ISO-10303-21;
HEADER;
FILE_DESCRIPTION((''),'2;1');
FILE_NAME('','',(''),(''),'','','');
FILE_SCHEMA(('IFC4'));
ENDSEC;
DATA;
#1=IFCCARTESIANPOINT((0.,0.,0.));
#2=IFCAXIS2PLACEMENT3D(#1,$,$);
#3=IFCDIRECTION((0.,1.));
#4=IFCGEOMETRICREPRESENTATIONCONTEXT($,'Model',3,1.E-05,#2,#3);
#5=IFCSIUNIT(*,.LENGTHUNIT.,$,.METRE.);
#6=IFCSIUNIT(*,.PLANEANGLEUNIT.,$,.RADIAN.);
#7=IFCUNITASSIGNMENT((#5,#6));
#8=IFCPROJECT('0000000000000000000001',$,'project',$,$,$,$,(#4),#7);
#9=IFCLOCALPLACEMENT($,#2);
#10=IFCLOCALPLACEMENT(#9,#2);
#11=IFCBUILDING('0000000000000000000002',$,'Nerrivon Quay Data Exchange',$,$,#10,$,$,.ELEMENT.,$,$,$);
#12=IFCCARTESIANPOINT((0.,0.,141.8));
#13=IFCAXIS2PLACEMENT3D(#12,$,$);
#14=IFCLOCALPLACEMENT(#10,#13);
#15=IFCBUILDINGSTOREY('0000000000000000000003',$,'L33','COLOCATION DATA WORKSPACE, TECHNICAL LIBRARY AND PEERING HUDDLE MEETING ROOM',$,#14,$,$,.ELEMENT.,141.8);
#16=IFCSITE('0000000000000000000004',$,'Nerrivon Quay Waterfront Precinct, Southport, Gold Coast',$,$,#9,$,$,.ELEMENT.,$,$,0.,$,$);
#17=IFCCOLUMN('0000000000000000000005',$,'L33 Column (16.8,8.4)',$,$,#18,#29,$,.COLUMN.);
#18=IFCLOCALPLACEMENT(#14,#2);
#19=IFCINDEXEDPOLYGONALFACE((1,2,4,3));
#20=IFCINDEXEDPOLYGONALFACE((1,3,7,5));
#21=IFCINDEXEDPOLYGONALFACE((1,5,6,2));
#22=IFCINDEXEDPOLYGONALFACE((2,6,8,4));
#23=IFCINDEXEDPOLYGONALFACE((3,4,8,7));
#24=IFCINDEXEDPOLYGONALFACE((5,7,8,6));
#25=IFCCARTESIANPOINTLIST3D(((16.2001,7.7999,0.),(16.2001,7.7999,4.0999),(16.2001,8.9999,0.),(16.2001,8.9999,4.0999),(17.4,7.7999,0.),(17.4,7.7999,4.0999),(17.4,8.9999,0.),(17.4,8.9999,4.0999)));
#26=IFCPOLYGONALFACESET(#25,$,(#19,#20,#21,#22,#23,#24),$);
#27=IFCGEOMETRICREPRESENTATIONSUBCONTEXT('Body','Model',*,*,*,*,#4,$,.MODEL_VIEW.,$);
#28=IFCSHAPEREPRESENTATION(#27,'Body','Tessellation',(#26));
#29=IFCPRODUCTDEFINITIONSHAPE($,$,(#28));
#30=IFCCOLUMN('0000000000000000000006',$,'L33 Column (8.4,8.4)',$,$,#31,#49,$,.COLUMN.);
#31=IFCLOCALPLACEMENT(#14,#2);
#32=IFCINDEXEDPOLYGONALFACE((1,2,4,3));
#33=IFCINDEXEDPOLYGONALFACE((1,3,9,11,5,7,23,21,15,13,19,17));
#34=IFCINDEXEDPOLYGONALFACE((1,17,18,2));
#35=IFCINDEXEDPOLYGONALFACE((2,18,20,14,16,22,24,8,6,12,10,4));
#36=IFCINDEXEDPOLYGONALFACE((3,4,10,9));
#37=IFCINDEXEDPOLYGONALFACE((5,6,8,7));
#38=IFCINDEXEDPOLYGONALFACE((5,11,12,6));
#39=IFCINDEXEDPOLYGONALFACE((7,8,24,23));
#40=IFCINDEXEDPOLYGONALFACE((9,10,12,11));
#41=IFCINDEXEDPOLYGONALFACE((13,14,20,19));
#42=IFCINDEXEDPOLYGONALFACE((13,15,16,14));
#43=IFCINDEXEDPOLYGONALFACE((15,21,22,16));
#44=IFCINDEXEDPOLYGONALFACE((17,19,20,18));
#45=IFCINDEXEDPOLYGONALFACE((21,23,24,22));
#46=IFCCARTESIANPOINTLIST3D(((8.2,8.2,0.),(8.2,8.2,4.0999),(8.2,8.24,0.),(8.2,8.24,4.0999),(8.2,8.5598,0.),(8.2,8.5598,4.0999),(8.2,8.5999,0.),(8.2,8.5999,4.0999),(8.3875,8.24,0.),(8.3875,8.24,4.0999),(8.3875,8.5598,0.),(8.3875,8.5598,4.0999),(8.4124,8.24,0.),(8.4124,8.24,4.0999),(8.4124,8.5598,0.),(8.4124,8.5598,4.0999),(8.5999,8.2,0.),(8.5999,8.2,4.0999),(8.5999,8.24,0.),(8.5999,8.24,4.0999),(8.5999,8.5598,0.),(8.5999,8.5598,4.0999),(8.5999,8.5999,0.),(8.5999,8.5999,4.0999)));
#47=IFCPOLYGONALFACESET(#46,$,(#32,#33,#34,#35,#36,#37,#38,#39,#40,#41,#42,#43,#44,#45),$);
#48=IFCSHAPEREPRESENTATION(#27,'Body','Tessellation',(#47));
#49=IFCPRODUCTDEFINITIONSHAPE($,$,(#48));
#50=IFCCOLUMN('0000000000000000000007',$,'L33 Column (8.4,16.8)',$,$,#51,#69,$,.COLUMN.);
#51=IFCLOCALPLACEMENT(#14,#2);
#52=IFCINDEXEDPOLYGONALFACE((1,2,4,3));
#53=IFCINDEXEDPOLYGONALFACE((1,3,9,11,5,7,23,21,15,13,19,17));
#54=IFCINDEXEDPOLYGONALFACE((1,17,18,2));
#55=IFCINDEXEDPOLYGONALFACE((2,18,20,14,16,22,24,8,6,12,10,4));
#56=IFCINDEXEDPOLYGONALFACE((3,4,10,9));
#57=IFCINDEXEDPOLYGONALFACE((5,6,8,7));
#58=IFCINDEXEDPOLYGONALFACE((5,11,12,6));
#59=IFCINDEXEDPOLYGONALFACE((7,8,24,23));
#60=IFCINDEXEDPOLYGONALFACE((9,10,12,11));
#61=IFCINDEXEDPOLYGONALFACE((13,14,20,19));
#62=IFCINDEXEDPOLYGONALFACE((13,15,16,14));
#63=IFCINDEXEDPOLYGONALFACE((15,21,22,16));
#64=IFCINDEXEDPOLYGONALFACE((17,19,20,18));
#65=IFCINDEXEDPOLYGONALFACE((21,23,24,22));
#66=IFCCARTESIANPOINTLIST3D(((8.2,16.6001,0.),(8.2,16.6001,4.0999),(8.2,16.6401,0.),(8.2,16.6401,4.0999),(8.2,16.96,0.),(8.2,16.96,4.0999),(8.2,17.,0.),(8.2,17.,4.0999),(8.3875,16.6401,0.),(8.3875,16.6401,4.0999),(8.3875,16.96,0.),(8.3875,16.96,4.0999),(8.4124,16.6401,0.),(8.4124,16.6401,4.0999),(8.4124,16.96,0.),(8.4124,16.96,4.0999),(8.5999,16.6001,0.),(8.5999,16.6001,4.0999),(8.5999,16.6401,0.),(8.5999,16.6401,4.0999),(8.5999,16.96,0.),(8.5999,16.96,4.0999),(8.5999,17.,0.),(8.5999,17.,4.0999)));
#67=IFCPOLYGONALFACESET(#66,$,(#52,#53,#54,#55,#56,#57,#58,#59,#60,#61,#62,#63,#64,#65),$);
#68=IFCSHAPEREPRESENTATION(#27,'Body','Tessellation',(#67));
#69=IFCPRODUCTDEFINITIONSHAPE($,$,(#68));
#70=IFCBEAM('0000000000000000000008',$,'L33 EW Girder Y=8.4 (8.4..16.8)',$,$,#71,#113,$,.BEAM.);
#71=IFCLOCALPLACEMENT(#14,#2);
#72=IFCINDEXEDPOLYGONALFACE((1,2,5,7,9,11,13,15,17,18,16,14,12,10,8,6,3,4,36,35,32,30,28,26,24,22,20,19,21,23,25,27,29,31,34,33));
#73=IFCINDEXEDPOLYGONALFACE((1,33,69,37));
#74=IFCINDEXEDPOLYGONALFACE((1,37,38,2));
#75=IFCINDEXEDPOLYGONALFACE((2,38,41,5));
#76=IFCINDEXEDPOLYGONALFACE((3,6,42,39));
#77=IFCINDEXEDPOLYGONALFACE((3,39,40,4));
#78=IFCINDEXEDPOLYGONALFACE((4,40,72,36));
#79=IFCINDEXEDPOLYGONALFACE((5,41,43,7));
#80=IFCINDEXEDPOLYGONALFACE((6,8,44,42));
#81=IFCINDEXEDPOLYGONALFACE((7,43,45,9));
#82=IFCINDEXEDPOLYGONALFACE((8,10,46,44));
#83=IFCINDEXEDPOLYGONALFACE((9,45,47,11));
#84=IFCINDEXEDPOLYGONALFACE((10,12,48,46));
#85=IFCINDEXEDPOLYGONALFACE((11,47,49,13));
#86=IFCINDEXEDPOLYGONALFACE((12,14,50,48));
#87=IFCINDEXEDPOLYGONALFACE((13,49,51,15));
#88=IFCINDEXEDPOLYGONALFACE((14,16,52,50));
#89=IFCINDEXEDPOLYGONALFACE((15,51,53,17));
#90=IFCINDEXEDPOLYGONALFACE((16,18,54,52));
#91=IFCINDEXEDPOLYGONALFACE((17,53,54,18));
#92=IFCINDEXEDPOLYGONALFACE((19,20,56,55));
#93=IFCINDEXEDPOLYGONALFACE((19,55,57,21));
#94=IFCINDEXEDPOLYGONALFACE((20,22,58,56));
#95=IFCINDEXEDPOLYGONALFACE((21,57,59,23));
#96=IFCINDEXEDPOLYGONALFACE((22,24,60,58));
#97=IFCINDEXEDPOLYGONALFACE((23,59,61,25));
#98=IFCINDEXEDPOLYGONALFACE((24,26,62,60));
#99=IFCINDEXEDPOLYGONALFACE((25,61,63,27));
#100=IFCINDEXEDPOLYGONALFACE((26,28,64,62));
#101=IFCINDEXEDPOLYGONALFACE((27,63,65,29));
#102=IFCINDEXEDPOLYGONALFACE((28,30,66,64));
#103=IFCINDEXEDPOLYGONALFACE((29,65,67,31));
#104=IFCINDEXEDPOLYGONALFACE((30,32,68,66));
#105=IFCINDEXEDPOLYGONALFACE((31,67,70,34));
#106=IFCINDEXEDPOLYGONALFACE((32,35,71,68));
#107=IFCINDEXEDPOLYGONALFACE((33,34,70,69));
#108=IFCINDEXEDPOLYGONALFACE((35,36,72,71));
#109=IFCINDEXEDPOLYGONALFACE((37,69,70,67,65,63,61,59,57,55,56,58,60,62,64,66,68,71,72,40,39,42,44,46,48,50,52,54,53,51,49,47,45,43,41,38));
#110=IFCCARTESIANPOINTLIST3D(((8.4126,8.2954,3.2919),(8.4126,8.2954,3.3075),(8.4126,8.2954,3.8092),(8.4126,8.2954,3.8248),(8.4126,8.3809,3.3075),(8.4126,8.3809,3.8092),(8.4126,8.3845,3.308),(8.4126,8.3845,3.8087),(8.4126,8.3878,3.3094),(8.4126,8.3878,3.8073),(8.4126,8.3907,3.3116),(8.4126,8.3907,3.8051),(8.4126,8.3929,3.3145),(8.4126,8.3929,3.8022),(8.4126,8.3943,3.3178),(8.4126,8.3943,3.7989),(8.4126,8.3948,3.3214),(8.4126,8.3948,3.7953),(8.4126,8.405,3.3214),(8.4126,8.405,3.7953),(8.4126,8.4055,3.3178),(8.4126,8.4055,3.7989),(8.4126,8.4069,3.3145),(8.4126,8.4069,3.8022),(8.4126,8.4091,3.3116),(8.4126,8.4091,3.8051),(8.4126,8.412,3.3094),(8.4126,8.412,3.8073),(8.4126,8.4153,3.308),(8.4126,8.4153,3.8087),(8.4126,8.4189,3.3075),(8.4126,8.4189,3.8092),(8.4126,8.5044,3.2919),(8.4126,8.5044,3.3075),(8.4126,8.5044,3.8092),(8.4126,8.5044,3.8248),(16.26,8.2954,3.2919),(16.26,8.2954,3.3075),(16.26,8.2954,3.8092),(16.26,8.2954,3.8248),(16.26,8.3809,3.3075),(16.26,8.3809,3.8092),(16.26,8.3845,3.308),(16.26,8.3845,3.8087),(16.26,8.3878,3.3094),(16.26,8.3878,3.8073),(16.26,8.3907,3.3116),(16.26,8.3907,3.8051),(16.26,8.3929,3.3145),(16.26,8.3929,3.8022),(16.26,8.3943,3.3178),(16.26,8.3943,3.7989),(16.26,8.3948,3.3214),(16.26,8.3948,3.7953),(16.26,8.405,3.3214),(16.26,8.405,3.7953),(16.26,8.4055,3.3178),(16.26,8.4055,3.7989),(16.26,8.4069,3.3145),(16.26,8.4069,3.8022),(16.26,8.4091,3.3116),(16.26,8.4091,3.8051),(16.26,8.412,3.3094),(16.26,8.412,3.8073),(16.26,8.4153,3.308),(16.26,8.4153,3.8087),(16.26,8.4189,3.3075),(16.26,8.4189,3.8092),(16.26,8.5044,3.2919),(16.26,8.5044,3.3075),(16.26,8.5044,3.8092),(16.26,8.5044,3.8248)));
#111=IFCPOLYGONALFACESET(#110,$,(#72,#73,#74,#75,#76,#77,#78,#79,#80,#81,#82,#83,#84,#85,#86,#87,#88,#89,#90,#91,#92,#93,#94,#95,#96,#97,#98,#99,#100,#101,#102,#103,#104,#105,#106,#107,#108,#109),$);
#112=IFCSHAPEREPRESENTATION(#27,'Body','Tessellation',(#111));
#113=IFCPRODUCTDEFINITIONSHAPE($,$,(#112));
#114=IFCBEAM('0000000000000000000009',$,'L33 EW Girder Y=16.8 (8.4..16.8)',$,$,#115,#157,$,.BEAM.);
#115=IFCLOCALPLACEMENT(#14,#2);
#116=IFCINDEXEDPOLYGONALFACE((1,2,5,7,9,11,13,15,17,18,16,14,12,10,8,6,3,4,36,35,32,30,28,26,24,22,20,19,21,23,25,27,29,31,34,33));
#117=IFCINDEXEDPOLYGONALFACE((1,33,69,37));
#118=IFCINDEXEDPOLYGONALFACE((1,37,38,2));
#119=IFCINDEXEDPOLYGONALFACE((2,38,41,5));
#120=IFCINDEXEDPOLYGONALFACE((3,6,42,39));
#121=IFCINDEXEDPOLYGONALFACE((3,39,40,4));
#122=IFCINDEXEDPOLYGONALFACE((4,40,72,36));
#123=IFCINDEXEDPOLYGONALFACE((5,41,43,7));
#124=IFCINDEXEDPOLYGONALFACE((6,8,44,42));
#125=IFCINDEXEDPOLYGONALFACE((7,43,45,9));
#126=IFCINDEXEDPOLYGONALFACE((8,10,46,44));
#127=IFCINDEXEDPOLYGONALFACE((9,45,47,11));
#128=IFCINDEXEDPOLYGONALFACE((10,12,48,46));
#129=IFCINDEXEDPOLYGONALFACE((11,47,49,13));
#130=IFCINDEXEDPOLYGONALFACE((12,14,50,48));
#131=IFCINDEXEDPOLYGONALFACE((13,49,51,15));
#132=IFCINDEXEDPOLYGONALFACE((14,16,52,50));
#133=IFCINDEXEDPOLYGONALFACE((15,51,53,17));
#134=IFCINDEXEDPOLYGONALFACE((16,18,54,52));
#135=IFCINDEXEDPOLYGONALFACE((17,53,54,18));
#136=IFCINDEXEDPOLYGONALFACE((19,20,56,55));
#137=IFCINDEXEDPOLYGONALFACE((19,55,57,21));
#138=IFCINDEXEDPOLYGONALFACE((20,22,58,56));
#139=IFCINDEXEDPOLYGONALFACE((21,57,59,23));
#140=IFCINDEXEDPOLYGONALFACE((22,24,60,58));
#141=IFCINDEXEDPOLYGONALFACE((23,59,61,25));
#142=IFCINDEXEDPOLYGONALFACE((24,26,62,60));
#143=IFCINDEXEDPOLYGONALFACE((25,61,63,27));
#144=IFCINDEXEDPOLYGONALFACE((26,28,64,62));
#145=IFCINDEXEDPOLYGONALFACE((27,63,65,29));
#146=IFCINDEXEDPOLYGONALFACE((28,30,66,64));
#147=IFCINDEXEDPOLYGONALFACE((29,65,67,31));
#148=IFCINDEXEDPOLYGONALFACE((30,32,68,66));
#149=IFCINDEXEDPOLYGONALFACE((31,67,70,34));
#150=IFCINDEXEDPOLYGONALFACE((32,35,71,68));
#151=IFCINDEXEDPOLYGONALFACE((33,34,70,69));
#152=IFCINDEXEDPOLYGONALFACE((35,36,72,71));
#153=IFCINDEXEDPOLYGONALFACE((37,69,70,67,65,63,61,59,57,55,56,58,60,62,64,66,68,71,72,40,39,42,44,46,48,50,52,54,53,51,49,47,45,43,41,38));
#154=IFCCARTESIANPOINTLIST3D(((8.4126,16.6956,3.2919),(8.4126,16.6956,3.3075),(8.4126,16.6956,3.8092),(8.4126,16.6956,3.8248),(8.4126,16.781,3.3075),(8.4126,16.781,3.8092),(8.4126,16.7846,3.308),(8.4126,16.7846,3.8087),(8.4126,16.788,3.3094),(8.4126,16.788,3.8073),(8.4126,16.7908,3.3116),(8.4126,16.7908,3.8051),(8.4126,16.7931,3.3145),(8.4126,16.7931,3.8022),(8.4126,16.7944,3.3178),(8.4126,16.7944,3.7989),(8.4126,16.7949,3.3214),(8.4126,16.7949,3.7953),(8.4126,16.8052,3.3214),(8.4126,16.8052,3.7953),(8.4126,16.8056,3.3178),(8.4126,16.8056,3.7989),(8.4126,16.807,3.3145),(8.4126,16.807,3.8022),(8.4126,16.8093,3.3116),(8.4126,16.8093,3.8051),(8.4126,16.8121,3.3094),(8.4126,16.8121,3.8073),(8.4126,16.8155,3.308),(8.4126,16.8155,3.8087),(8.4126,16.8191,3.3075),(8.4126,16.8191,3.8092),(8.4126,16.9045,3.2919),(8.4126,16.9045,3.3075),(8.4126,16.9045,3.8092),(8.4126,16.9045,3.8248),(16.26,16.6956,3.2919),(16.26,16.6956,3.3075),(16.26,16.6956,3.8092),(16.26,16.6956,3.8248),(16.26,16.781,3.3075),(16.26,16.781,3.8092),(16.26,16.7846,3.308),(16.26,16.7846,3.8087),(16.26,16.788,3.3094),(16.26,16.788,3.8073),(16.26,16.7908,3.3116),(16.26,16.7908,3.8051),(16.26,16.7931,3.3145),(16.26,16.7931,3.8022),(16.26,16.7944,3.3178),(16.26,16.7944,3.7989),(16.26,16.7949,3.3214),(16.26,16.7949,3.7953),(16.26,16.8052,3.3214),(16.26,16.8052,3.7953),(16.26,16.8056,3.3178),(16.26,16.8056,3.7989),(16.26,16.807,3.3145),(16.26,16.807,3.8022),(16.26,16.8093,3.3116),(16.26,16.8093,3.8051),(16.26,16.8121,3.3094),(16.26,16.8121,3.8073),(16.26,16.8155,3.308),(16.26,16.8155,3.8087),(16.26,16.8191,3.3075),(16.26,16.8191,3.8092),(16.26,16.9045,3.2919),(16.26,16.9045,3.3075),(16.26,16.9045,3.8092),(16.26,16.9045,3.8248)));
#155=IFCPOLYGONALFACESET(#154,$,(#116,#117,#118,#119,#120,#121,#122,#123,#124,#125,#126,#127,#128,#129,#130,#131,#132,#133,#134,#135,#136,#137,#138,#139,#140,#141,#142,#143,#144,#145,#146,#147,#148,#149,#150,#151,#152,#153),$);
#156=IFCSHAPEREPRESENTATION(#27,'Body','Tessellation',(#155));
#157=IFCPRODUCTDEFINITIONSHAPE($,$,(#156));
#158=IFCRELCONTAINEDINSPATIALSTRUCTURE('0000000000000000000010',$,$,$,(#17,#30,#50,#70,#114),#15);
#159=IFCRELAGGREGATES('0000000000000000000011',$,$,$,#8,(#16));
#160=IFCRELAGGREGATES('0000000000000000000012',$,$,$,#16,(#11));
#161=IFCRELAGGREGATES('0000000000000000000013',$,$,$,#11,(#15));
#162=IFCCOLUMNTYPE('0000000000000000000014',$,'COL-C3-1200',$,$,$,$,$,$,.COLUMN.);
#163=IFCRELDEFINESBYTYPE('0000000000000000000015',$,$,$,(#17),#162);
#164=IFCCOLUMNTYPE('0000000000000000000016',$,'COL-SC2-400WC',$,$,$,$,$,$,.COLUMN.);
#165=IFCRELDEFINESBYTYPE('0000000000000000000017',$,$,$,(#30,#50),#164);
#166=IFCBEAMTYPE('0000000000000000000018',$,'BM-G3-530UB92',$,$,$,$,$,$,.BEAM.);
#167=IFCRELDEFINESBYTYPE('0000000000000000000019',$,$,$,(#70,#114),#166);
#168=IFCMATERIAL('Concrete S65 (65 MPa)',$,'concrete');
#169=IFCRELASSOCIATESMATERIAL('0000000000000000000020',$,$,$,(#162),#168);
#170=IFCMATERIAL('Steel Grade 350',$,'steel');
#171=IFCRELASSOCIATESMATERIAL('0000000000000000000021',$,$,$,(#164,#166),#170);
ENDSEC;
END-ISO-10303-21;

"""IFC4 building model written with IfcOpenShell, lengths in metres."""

from ifc_helpers import new_model, si_unit, direction, frame, origin, origin_2d, place, context, subcontext, project, spatial, rectangle, i_section, extrude, material, material_profile, profile_set, type_object, element, save


model = new_model("IFC4")

# Units and contexts
model_context = context("Model", 3, precision=1e-05, world=origin(), true_north=direction((0.0, 1.0)))
body_context = subcontext(model_context, "Body", "Model", "MODEL_VIEW")
ifc_project = project(units=[si_unit("LENGTHUNIT", "METRE"), si_unit("PLANEANGLEUNIT", "RADIAN")], contexts=[model_context])

# Site, building, storey
site_placement = place(None, origin())
site = spatial("IfcSite", under=ifc_project, at=site_placement, Name="Nerrivon Quay Waterfront Precinct, Southport, Gold Coast", CompositionType="ELEMENT", RefElevation=0.0)
building_placement = place(site_placement, origin())
building = spatial("IfcBuilding", under=site, at=building_placement, Name="Nerrivon Quay Data Exchange", CompositionType="ELEMENT")
storey_placement = place(building_placement, frame((0.0, 0.0, 141.8)))
storey = spatial("IfcBuildingStorey", under=building, at=storey_placement, Name="L33", Description="COLOCATION DATA WORKSPACE, TECHNICAL LIBRARY AND PEERING HUDDLE MEETING ROOM", CompositionType="ELEMENT", Elevation=141.8)

# Columns
ifc_material_1 = material(Name="Concrete S65 (65 MPa)", Category="concrete")
ifc_material_profile_1 = material_profile(ifc_material_1, rectangle(XDim=1.2, YDim=1.2, at=origin_2d()), Name="RC-COL-1200x1200")
ifc_profile_set_1 = profile_set([ifc_material_profile_1], Name="Concrete S65 (65 MPa)")
column_type_1 = type_object("IfcColumnType", Name="COL-C3-1200", PredefinedType="COLUMN", material=ifc_profile_set_1)
column_placement = place(storey_placement, frame((16.8, 8.3999, 0.0), z_axis=(0.0, 0.0, 1.0), x_axis=(1.0, 0.0, 0.0)))
element("IfcColumn", 1, at=column_placement, inside=storey, type_object=column_type_1, Name="L33 Column (16.8,8.4)", PredefinedType="COLUMN", context=body_context, shape_type="SweptSolid", body=[
    extrude(rectangle(XDim=1.2, YDim=1.2, at=origin_2d()), origin(), (0.0, 0.0, 1.0), 4.0999),
])
ifc_material_2 = material(Name="Steel Grade 350", Category="steel")
ifc_material_profile_2 = material_profile(ifc_material_2, i_section(OverallWidth=0.3999, OverallDepth=0.3999, WebThickness=0.0249, FlangeThickness=0.04, at=origin_2d()), Name="400WC328")
ifc_profile_set_2 = profile_set([ifc_material_profile_2], Name="Steel Grade 350")
column_type_2 = type_object("IfcColumnType", Name="COL-SC2-400WC", PredefinedType="COLUMN", material=ifc_profile_set_2)
for number, where, z_axis, x_axis, name in (
    (2, (8.3999, 8.3999, 0.0), (0.0, 0.0, 1.0), (1.0, 0.0, 0.0), "L33 Column (8.4,8.4)"),
    (3, (8.3999, 16.8, 0.0), (0.0, 0.0, 1.0), (1.0, 0.0, 0.0), "L33 Column (8.4,16.8)"),
):
    element("IfcColumn", number, at=place(storey_placement, frame(where, z_axis=z_axis, x_axis=x_axis)), inside=storey, type_object=column_type_2, Name=name, PredefinedType="COLUMN", context=body_context, shape_type="SweptSolid", body=[
        extrude(i_section(OverallWidth=0.3999, OverallDepth=0.3999, WebThickness=0.0249, FlangeThickness=0.04, at=origin_2d()), origin(), (0.0, 0.0, 1.0), 4.0999),
    ])

# Beams
ifc_material_profile_3 = material_profile(ifc_material_2, i_section(OverallWidth=0.209, OverallDepth=0.533, WebThickness=0.0103, FlangeThickness=0.0156, FilletRadius=0.0139, at=origin_2d()), Name="530UB92.4")
ifc_profile_set_3 = profile_set([ifc_material_profile_3], Name="Steel Grade 350")
beam_type_1 = type_object("IfcBeamType", Name="BM-G3-530UB92", PredefinedType="BEAM", material=ifc_profile_set_3)
for number, where, z_axis, x_axis, name in (
    (4, (8.4126, 8.3999, 3.5583), (1.0, 0.0, 0.0), (0.0, 1.0, 0.0), "L33 EW Girder Y=8.4 (8.4..16.8)"),
    (5, (8.4126, 16.8, 3.5583), (1.0, 0.0, 0.0), (0.0, 1.0, 0.0), "L33 EW Girder Y=16.8 (8.4..16.8)"),
):
    element("IfcBeam", number, at=place(storey_placement, frame(where, z_axis=z_axis, x_axis=x_axis)), inside=storey, type_object=beam_type_1, Name=name, PredefinedType="BEAM", context=body_context, shape_type="SweptSolid", body=[
        extrude(i_section(OverallWidth=0.209, OverallDepth=0.533, WebThickness=0.0103, FlangeThickness=0.0156, FilletRadius=0.0139, at=origin_2d()), origin(), (0.0, 0.0, 1.0), 7.8474),
    ])

save(model, "model.ifc")
